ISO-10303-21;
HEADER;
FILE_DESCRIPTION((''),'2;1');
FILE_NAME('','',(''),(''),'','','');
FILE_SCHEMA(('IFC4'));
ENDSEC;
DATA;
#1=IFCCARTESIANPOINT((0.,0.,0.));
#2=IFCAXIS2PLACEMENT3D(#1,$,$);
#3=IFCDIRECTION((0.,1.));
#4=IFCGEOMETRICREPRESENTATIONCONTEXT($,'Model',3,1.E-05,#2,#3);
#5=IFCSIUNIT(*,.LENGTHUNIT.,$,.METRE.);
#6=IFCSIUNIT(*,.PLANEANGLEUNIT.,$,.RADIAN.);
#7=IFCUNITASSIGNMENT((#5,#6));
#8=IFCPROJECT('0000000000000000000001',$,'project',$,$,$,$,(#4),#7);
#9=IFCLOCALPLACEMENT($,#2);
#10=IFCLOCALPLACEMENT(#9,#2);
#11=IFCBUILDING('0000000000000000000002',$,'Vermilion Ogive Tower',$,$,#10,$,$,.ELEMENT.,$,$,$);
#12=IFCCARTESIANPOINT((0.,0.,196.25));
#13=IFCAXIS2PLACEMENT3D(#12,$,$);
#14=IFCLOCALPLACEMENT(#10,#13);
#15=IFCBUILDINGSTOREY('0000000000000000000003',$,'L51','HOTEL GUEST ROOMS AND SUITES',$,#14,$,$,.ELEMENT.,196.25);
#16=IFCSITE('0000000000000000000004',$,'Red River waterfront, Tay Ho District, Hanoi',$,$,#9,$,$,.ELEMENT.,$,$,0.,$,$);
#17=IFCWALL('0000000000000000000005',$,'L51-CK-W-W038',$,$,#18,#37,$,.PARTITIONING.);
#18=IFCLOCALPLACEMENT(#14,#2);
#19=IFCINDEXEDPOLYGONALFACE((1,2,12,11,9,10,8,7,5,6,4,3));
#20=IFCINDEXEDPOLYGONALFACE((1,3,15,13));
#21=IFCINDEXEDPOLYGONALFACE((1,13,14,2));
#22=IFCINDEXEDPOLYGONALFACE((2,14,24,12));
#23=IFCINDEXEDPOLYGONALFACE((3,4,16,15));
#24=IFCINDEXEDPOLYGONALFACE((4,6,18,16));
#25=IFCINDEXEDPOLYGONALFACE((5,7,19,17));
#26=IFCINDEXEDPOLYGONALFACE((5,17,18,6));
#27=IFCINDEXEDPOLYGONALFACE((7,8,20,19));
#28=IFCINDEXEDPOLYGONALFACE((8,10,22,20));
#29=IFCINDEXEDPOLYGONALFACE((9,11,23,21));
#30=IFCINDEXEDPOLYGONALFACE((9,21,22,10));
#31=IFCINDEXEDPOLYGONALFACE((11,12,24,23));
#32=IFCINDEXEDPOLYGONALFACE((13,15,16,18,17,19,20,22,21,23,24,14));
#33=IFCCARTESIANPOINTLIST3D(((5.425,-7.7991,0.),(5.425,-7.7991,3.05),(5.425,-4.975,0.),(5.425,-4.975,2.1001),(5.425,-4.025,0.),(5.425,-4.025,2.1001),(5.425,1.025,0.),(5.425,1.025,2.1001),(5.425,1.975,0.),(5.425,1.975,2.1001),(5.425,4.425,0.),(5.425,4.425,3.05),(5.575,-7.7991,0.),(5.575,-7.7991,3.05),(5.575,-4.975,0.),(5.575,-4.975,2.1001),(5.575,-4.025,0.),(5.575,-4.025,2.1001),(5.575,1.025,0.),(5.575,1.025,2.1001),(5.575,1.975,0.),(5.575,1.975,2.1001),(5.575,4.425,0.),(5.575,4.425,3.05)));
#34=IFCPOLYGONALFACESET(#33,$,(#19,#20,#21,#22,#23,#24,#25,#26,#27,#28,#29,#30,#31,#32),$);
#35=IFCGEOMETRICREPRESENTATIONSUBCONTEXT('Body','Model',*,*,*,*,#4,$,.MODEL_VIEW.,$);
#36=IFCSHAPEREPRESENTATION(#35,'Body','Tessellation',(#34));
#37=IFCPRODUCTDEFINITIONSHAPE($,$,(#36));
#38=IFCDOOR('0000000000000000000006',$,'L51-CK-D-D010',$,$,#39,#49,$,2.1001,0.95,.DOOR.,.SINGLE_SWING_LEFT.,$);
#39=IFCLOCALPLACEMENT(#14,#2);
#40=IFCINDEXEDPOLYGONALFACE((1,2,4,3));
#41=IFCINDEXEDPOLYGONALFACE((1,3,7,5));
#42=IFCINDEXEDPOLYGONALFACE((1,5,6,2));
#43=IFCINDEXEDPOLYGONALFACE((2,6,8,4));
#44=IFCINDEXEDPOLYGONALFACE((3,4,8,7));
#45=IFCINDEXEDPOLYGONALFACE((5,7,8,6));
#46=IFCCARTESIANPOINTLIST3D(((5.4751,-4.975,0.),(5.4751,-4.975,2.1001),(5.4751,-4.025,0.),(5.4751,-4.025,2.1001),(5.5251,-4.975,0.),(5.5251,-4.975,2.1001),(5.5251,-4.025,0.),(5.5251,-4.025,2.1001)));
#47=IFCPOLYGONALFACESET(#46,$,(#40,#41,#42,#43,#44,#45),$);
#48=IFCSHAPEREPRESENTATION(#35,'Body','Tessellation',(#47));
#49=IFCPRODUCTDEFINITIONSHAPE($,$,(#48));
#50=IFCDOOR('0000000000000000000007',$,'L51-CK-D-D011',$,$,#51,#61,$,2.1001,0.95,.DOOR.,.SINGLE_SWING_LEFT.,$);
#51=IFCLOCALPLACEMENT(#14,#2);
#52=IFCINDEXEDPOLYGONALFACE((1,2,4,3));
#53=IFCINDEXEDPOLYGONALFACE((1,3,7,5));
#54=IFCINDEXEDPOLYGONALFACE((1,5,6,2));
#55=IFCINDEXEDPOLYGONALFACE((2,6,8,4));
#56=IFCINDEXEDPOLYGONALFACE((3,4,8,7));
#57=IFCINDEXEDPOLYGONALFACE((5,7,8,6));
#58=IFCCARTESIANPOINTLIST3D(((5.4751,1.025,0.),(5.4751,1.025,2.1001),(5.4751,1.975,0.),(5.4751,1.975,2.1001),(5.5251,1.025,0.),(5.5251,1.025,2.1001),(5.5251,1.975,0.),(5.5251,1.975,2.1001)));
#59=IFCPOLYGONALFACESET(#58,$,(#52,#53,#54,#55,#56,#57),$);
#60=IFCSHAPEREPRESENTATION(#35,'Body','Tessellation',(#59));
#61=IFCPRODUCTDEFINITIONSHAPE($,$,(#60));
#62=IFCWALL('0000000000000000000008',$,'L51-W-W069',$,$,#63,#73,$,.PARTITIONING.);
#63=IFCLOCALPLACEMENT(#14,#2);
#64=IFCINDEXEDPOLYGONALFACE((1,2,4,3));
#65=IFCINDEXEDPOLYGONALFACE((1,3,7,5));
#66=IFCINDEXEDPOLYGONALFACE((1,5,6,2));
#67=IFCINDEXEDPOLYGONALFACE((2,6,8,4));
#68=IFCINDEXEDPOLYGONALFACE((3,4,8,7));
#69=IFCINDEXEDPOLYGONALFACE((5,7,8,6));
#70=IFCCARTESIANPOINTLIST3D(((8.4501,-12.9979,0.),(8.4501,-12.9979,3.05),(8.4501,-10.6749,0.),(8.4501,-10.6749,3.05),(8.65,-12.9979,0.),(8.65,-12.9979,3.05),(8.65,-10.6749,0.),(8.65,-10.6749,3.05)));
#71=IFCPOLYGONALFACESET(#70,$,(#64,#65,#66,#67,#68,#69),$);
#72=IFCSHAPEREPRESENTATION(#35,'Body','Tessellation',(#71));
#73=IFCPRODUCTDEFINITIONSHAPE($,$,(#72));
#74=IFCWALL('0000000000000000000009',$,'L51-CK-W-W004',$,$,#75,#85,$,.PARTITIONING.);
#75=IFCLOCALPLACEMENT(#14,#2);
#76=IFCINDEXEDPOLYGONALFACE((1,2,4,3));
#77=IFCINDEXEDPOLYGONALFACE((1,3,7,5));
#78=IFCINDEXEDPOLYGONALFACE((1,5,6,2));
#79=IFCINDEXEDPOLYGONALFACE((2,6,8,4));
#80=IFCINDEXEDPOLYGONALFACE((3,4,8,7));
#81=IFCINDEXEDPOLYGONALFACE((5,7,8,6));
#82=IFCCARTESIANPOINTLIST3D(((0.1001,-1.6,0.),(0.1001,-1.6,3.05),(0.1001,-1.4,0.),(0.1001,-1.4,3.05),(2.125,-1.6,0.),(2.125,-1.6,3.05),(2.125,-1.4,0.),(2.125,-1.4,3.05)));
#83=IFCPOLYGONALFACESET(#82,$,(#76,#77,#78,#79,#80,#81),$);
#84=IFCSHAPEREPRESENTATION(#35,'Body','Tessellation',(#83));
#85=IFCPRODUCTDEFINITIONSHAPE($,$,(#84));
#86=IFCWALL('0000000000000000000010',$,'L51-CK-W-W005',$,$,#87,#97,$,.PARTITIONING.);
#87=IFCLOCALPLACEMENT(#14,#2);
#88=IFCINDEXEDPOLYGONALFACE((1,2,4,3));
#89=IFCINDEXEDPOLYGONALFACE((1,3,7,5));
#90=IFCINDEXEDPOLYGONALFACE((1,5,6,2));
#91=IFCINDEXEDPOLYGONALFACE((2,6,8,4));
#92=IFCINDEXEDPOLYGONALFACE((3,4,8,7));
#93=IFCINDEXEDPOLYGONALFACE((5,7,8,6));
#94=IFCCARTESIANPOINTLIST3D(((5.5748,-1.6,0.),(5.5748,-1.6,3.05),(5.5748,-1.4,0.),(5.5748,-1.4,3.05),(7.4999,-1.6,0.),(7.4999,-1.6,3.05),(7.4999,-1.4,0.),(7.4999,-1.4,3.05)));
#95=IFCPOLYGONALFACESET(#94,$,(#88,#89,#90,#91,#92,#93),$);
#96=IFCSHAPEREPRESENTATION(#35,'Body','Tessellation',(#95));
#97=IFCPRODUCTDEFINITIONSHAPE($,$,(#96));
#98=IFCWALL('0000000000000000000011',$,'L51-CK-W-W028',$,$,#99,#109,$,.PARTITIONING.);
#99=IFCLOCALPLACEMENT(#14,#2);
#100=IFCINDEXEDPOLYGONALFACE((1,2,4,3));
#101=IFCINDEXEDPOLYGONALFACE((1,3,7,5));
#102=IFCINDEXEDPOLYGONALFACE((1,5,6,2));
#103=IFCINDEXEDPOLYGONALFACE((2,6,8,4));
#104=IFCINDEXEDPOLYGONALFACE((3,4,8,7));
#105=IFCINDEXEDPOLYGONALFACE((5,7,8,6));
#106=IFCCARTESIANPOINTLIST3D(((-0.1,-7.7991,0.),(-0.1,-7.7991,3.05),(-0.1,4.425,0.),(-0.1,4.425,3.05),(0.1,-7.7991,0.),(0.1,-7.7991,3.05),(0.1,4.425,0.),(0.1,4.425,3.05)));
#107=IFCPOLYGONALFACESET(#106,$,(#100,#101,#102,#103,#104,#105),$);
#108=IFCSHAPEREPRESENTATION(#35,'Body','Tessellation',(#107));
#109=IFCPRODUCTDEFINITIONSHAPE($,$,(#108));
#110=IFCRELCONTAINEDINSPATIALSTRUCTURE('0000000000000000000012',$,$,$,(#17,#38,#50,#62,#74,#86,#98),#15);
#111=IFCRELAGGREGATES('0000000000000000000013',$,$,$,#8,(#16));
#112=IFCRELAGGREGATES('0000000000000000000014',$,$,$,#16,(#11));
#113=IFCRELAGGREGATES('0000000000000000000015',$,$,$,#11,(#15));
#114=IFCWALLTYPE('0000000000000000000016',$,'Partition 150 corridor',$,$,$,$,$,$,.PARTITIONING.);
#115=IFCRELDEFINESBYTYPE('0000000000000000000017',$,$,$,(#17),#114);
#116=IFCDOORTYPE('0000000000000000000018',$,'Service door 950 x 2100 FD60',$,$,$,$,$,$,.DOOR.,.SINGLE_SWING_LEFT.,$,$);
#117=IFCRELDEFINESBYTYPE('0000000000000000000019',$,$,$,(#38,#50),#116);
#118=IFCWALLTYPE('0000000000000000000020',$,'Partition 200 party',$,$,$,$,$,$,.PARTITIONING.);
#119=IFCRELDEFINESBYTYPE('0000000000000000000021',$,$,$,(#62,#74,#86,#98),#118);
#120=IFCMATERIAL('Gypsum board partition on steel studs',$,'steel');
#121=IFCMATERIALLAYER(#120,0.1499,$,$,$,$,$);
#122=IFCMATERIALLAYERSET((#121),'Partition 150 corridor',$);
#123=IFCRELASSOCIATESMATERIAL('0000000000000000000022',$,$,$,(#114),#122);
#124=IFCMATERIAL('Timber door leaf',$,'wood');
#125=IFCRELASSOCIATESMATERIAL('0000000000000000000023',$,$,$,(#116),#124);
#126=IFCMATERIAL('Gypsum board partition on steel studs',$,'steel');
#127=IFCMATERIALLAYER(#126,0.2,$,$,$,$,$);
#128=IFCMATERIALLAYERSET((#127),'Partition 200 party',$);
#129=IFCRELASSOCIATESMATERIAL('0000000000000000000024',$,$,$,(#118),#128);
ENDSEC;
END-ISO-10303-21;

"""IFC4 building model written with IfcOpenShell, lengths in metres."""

from ifc_helpers import new_model, si_unit, direction, frame, frame_2d, origin, place, context, subcontext, project, spatial, rectangle, extrude, material, layer, layer_set, type_object, element, fill, save


model = new_model("IFC4")

# Units and contexts
model_context = context("Model", 3, precision=1e-05, world=origin(), true_north=direction((0.0, 1.0)))
body_context = subcontext(model_context, "Body", "Model", "MODEL_VIEW")
ifc_project = project(units=[si_unit("LENGTHUNIT", "METRE"), si_unit("PLANEANGLEUNIT", "RADIAN")], contexts=[model_context])

# Site, building, storey
site_placement = place(None, origin())
site = spatial("IfcSite", under=ifc_project, at=site_placement, Name="Red River waterfront, Tay Ho District, Hanoi", CompositionType="ELEMENT", RefElevation=0.0)
building_placement = place(site_placement, origin())
building = spatial("IfcBuilding", under=site, at=building_placement, Name="Vermilion Ogive Tower", CompositionType="ELEMENT")
storey_placement = place(building_placement, frame((0.0, 0.0, 196.25)))
storey = spatial("IfcBuildingStorey", under=building, at=storey_placement, Name="L51", Description="HOTEL GUEST ROOMS AND SUITES", CompositionType="ELEMENT", Elevation=196.25)

# Wall, openings, doors
ifc_material_1 = material(Name="Gypsum board partition on steel studs", Category="steel")
ifc_layer_1 = layer(ifc_material_1, 0.1499)
ifc_layer_set_1 = layer_set([ifc_layer_1], Name="Partition 150 corridor")
wall_type_1 = type_object("IfcWallType", Name="Partition 150 corridor", PredefinedType="PARTITIONING", material=ifc_layer_set_1)
ifc_material_2 = material(Name="Timber door leaf", Category="wood")
door_type_1 = type_object("IfcDoorType", Name="Service door 950 x 2100 FD60", OperationType="SINGLE_SWING_LEFT", PredefinedType="DOOR", material=ifc_material_2)
wall_1_placement = place(storey_placement, frame((5.5, -7.7991, 0.0), z_axis=(0.0, 0.0, 1.0), x_axis=(0.0, 1.0, 0.0)))
wall_1 = element("IfcWall", 1, at=wall_1_placement, inside=storey, type_object=wall_type_1, Name="L51-CK-W-W038", PredefinedType="PARTITIONING", context=body_context, shape_type="SweptSolid", body=[
    extrude(rectangle(XDim=12.2241, YDim=0.1499, at=frame_2d((6.1121, 0.0))), origin(), (0.0, 0.0, 1.0), 3.05),
])
opening_1_placement = place(wall_1_placement, frame((2.824, 0.0, 0.0)))
opening_1 = element("IfcOpeningElement", 2, at=opening_1_placement, cuts=wall_1, PredefinedType="OPENING", context=body_context, shape_type="SweptSolid", body=[
    extrude(rectangle(XDim=0.95, YDim=2.1001, at=frame_2d((0.4751, 1.05))), frame((0.0, 0.085, 0.0), z_axis=(0.0, -1.0, 0.0), x_axis=(1.0, 0.0, 0.0)), (0.0, 0.0, 1.0), 0.1699),
])
opening_2_placement = place(wall_1_placement, frame((8.824, 0.0, 0.0)))
opening_2 = element("IfcOpeningElement", 3, at=opening_2_placement, cuts=wall_1, PredefinedType="OPENING", context=body_context, shape_type="SweptSolid", body=[
    extrude(rectangle(XDim=0.95, YDim=2.1001, at=frame_2d((0.4751, 1.05))), frame((0.0, 0.085, 0.0), z_axis=(0.0, -1.0, 0.0), x_axis=(1.0, 0.0, 0.0)), (0.0, 0.0, 1.0), 0.1699),
])
door_1_placement = place(opening_1_placement, origin())
door_1 = element("IfcDoor", 4, at=door_1_placement, inside=storey, type_object=door_type_1, Name="L51-CK-D-D010", OperationType="SINGLE_SWING_LEFT", OverallHeight=2.1001, OverallWidth=0.95, PredefinedType="DOOR", context=body_context, shape_type="SweptSolid", body=[
    extrude(rectangle(XDim=0.95, YDim=2.1001, at=frame_2d((0.4751, 1.05))), frame((0.0, 0.0249, 0.0), z_axis=(0.0, -1.0, 0.0), x_axis=(1.0, 0.0, 0.0)), (0.0, 0.0, 1.0), 0.05),
])
fill(opening_1, door_1)
door_2_placement = place(opening_2_placement, origin())
door_2 = element("IfcDoor", 5, at=door_2_placement, inside=storey, type_object=door_type_1, Name="L51-CK-D-D011", OperationType="SINGLE_SWING_LEFT", OverallHeight=2.1001, OverallWidth=0.95, PredefinedType="DOOR", context=body_context, shape_type="SweptSolid", body=[
    extrude(rectangle(XDim=0.95, YDim=2.1001, at=frame_2d((0.4751, 1.05))), frame((0.0, 0.0249, 0.0), z_axis=(0.0, -1.0, 0.0), x_axis=(1.0, 0.0, 0.0)), (0.0, 0.0, 1.0), 0.05),
])
fill(opening_2, door_2)

# Walls
ifc_material_3 = material(Name="Gypsum board partition on steel studs", Category="steel")
ifc_layer_2 = layer(ifc_material_3, 0.2)
ifc_layer_set_2 = layer_set([ifc_layer_2], Name="Partition 200 party")
wall_type_2 = type_object("IfcWallType", Name="Partition 200 party", PredefinedType="PARTITIONING", material=ifc_layer_set_2)
wall_2_placement = place(storey_placement, frame((8.55, -12.998, 0.0), z_axis=(0.0, 0.0, 1.0), x_axis=(0.0, 1.0, 0.0)))
element("IfcWall", 6, at=wall_2_placement, inside=storey, type_object=wall_type_2, Name="L51-W-W069", PredefinedType="PARTITIONING", context=body_context, shape_type="SweptSolid", body=[
    extrude(rectangle(XDim=2.323, YDim=0.2, at=frame_2d((1.1616, 0.0))), origin(), (0.0, 0.0, 1.0), 3.05),
])
wall_3_placement = place(storey_placement, frame((0.1001, -1.5, 0.0), z_axis=(0.0, 0.0, 1.0), x_axis=(1.0, 0.0, 0.0)))
element("IfcWall", 7, at=wall_3_placement, inside=storey, type_object=wall_type_2, Name="L51-CK-W-W004", PredefinedType="PARTITIONING", context=body_context, shape_type="SweptSolid", body=[
    extrude(rectangle(XDim=2.0249, YDim=0.2, at=frame_2d((1.0125, 0.0))), origin(), (0.0, 0.0, 1.0), 3.05),
])
wall_4_placement = place(storey_placement, frame((5.575, -1.5, 0.0), z_axis=(0.0, 0.0, 1.0), x_axis=(1.0, 0.0, 0.0)))
element("IfcWall", 8, at=wall_4_placement, inside=storey, type_object=wall_type_2, Name="L51-CK-W-W005", PredefinedType="PARTITIONING", context=body_context, shape_type="SweptSolid", body=[
    extrude(rectangle(XDim=1.925, YDim=0.2, at=frame_2d((0.9624, 0.0))), origin(), (0.0, 0.0, 1.0), 3.05),
])
wall_5_placement = place(storey_placement, frame((0.0, -7.7991, 0.0), z_axis=(0.0, 0.0, 1.0), x_axis=(0.0, 1.0, 0.0)))
element("IfcWall", 9, at=wall_5_placement, inside=storey, type_object=wall_type_2, Name="L51-CK-W-W028", PredefinedType="PARTITIONING", context=body_context, shape_type="SweptSolid", body=[
    extrude(rectangle(XDim=12.2241, YDim=0.2, at=frame_2d((6.1121, 0.0))), origin(), (0.0, 0.0, 1.0), 3.05),
])

save(model, "model.ifc")
